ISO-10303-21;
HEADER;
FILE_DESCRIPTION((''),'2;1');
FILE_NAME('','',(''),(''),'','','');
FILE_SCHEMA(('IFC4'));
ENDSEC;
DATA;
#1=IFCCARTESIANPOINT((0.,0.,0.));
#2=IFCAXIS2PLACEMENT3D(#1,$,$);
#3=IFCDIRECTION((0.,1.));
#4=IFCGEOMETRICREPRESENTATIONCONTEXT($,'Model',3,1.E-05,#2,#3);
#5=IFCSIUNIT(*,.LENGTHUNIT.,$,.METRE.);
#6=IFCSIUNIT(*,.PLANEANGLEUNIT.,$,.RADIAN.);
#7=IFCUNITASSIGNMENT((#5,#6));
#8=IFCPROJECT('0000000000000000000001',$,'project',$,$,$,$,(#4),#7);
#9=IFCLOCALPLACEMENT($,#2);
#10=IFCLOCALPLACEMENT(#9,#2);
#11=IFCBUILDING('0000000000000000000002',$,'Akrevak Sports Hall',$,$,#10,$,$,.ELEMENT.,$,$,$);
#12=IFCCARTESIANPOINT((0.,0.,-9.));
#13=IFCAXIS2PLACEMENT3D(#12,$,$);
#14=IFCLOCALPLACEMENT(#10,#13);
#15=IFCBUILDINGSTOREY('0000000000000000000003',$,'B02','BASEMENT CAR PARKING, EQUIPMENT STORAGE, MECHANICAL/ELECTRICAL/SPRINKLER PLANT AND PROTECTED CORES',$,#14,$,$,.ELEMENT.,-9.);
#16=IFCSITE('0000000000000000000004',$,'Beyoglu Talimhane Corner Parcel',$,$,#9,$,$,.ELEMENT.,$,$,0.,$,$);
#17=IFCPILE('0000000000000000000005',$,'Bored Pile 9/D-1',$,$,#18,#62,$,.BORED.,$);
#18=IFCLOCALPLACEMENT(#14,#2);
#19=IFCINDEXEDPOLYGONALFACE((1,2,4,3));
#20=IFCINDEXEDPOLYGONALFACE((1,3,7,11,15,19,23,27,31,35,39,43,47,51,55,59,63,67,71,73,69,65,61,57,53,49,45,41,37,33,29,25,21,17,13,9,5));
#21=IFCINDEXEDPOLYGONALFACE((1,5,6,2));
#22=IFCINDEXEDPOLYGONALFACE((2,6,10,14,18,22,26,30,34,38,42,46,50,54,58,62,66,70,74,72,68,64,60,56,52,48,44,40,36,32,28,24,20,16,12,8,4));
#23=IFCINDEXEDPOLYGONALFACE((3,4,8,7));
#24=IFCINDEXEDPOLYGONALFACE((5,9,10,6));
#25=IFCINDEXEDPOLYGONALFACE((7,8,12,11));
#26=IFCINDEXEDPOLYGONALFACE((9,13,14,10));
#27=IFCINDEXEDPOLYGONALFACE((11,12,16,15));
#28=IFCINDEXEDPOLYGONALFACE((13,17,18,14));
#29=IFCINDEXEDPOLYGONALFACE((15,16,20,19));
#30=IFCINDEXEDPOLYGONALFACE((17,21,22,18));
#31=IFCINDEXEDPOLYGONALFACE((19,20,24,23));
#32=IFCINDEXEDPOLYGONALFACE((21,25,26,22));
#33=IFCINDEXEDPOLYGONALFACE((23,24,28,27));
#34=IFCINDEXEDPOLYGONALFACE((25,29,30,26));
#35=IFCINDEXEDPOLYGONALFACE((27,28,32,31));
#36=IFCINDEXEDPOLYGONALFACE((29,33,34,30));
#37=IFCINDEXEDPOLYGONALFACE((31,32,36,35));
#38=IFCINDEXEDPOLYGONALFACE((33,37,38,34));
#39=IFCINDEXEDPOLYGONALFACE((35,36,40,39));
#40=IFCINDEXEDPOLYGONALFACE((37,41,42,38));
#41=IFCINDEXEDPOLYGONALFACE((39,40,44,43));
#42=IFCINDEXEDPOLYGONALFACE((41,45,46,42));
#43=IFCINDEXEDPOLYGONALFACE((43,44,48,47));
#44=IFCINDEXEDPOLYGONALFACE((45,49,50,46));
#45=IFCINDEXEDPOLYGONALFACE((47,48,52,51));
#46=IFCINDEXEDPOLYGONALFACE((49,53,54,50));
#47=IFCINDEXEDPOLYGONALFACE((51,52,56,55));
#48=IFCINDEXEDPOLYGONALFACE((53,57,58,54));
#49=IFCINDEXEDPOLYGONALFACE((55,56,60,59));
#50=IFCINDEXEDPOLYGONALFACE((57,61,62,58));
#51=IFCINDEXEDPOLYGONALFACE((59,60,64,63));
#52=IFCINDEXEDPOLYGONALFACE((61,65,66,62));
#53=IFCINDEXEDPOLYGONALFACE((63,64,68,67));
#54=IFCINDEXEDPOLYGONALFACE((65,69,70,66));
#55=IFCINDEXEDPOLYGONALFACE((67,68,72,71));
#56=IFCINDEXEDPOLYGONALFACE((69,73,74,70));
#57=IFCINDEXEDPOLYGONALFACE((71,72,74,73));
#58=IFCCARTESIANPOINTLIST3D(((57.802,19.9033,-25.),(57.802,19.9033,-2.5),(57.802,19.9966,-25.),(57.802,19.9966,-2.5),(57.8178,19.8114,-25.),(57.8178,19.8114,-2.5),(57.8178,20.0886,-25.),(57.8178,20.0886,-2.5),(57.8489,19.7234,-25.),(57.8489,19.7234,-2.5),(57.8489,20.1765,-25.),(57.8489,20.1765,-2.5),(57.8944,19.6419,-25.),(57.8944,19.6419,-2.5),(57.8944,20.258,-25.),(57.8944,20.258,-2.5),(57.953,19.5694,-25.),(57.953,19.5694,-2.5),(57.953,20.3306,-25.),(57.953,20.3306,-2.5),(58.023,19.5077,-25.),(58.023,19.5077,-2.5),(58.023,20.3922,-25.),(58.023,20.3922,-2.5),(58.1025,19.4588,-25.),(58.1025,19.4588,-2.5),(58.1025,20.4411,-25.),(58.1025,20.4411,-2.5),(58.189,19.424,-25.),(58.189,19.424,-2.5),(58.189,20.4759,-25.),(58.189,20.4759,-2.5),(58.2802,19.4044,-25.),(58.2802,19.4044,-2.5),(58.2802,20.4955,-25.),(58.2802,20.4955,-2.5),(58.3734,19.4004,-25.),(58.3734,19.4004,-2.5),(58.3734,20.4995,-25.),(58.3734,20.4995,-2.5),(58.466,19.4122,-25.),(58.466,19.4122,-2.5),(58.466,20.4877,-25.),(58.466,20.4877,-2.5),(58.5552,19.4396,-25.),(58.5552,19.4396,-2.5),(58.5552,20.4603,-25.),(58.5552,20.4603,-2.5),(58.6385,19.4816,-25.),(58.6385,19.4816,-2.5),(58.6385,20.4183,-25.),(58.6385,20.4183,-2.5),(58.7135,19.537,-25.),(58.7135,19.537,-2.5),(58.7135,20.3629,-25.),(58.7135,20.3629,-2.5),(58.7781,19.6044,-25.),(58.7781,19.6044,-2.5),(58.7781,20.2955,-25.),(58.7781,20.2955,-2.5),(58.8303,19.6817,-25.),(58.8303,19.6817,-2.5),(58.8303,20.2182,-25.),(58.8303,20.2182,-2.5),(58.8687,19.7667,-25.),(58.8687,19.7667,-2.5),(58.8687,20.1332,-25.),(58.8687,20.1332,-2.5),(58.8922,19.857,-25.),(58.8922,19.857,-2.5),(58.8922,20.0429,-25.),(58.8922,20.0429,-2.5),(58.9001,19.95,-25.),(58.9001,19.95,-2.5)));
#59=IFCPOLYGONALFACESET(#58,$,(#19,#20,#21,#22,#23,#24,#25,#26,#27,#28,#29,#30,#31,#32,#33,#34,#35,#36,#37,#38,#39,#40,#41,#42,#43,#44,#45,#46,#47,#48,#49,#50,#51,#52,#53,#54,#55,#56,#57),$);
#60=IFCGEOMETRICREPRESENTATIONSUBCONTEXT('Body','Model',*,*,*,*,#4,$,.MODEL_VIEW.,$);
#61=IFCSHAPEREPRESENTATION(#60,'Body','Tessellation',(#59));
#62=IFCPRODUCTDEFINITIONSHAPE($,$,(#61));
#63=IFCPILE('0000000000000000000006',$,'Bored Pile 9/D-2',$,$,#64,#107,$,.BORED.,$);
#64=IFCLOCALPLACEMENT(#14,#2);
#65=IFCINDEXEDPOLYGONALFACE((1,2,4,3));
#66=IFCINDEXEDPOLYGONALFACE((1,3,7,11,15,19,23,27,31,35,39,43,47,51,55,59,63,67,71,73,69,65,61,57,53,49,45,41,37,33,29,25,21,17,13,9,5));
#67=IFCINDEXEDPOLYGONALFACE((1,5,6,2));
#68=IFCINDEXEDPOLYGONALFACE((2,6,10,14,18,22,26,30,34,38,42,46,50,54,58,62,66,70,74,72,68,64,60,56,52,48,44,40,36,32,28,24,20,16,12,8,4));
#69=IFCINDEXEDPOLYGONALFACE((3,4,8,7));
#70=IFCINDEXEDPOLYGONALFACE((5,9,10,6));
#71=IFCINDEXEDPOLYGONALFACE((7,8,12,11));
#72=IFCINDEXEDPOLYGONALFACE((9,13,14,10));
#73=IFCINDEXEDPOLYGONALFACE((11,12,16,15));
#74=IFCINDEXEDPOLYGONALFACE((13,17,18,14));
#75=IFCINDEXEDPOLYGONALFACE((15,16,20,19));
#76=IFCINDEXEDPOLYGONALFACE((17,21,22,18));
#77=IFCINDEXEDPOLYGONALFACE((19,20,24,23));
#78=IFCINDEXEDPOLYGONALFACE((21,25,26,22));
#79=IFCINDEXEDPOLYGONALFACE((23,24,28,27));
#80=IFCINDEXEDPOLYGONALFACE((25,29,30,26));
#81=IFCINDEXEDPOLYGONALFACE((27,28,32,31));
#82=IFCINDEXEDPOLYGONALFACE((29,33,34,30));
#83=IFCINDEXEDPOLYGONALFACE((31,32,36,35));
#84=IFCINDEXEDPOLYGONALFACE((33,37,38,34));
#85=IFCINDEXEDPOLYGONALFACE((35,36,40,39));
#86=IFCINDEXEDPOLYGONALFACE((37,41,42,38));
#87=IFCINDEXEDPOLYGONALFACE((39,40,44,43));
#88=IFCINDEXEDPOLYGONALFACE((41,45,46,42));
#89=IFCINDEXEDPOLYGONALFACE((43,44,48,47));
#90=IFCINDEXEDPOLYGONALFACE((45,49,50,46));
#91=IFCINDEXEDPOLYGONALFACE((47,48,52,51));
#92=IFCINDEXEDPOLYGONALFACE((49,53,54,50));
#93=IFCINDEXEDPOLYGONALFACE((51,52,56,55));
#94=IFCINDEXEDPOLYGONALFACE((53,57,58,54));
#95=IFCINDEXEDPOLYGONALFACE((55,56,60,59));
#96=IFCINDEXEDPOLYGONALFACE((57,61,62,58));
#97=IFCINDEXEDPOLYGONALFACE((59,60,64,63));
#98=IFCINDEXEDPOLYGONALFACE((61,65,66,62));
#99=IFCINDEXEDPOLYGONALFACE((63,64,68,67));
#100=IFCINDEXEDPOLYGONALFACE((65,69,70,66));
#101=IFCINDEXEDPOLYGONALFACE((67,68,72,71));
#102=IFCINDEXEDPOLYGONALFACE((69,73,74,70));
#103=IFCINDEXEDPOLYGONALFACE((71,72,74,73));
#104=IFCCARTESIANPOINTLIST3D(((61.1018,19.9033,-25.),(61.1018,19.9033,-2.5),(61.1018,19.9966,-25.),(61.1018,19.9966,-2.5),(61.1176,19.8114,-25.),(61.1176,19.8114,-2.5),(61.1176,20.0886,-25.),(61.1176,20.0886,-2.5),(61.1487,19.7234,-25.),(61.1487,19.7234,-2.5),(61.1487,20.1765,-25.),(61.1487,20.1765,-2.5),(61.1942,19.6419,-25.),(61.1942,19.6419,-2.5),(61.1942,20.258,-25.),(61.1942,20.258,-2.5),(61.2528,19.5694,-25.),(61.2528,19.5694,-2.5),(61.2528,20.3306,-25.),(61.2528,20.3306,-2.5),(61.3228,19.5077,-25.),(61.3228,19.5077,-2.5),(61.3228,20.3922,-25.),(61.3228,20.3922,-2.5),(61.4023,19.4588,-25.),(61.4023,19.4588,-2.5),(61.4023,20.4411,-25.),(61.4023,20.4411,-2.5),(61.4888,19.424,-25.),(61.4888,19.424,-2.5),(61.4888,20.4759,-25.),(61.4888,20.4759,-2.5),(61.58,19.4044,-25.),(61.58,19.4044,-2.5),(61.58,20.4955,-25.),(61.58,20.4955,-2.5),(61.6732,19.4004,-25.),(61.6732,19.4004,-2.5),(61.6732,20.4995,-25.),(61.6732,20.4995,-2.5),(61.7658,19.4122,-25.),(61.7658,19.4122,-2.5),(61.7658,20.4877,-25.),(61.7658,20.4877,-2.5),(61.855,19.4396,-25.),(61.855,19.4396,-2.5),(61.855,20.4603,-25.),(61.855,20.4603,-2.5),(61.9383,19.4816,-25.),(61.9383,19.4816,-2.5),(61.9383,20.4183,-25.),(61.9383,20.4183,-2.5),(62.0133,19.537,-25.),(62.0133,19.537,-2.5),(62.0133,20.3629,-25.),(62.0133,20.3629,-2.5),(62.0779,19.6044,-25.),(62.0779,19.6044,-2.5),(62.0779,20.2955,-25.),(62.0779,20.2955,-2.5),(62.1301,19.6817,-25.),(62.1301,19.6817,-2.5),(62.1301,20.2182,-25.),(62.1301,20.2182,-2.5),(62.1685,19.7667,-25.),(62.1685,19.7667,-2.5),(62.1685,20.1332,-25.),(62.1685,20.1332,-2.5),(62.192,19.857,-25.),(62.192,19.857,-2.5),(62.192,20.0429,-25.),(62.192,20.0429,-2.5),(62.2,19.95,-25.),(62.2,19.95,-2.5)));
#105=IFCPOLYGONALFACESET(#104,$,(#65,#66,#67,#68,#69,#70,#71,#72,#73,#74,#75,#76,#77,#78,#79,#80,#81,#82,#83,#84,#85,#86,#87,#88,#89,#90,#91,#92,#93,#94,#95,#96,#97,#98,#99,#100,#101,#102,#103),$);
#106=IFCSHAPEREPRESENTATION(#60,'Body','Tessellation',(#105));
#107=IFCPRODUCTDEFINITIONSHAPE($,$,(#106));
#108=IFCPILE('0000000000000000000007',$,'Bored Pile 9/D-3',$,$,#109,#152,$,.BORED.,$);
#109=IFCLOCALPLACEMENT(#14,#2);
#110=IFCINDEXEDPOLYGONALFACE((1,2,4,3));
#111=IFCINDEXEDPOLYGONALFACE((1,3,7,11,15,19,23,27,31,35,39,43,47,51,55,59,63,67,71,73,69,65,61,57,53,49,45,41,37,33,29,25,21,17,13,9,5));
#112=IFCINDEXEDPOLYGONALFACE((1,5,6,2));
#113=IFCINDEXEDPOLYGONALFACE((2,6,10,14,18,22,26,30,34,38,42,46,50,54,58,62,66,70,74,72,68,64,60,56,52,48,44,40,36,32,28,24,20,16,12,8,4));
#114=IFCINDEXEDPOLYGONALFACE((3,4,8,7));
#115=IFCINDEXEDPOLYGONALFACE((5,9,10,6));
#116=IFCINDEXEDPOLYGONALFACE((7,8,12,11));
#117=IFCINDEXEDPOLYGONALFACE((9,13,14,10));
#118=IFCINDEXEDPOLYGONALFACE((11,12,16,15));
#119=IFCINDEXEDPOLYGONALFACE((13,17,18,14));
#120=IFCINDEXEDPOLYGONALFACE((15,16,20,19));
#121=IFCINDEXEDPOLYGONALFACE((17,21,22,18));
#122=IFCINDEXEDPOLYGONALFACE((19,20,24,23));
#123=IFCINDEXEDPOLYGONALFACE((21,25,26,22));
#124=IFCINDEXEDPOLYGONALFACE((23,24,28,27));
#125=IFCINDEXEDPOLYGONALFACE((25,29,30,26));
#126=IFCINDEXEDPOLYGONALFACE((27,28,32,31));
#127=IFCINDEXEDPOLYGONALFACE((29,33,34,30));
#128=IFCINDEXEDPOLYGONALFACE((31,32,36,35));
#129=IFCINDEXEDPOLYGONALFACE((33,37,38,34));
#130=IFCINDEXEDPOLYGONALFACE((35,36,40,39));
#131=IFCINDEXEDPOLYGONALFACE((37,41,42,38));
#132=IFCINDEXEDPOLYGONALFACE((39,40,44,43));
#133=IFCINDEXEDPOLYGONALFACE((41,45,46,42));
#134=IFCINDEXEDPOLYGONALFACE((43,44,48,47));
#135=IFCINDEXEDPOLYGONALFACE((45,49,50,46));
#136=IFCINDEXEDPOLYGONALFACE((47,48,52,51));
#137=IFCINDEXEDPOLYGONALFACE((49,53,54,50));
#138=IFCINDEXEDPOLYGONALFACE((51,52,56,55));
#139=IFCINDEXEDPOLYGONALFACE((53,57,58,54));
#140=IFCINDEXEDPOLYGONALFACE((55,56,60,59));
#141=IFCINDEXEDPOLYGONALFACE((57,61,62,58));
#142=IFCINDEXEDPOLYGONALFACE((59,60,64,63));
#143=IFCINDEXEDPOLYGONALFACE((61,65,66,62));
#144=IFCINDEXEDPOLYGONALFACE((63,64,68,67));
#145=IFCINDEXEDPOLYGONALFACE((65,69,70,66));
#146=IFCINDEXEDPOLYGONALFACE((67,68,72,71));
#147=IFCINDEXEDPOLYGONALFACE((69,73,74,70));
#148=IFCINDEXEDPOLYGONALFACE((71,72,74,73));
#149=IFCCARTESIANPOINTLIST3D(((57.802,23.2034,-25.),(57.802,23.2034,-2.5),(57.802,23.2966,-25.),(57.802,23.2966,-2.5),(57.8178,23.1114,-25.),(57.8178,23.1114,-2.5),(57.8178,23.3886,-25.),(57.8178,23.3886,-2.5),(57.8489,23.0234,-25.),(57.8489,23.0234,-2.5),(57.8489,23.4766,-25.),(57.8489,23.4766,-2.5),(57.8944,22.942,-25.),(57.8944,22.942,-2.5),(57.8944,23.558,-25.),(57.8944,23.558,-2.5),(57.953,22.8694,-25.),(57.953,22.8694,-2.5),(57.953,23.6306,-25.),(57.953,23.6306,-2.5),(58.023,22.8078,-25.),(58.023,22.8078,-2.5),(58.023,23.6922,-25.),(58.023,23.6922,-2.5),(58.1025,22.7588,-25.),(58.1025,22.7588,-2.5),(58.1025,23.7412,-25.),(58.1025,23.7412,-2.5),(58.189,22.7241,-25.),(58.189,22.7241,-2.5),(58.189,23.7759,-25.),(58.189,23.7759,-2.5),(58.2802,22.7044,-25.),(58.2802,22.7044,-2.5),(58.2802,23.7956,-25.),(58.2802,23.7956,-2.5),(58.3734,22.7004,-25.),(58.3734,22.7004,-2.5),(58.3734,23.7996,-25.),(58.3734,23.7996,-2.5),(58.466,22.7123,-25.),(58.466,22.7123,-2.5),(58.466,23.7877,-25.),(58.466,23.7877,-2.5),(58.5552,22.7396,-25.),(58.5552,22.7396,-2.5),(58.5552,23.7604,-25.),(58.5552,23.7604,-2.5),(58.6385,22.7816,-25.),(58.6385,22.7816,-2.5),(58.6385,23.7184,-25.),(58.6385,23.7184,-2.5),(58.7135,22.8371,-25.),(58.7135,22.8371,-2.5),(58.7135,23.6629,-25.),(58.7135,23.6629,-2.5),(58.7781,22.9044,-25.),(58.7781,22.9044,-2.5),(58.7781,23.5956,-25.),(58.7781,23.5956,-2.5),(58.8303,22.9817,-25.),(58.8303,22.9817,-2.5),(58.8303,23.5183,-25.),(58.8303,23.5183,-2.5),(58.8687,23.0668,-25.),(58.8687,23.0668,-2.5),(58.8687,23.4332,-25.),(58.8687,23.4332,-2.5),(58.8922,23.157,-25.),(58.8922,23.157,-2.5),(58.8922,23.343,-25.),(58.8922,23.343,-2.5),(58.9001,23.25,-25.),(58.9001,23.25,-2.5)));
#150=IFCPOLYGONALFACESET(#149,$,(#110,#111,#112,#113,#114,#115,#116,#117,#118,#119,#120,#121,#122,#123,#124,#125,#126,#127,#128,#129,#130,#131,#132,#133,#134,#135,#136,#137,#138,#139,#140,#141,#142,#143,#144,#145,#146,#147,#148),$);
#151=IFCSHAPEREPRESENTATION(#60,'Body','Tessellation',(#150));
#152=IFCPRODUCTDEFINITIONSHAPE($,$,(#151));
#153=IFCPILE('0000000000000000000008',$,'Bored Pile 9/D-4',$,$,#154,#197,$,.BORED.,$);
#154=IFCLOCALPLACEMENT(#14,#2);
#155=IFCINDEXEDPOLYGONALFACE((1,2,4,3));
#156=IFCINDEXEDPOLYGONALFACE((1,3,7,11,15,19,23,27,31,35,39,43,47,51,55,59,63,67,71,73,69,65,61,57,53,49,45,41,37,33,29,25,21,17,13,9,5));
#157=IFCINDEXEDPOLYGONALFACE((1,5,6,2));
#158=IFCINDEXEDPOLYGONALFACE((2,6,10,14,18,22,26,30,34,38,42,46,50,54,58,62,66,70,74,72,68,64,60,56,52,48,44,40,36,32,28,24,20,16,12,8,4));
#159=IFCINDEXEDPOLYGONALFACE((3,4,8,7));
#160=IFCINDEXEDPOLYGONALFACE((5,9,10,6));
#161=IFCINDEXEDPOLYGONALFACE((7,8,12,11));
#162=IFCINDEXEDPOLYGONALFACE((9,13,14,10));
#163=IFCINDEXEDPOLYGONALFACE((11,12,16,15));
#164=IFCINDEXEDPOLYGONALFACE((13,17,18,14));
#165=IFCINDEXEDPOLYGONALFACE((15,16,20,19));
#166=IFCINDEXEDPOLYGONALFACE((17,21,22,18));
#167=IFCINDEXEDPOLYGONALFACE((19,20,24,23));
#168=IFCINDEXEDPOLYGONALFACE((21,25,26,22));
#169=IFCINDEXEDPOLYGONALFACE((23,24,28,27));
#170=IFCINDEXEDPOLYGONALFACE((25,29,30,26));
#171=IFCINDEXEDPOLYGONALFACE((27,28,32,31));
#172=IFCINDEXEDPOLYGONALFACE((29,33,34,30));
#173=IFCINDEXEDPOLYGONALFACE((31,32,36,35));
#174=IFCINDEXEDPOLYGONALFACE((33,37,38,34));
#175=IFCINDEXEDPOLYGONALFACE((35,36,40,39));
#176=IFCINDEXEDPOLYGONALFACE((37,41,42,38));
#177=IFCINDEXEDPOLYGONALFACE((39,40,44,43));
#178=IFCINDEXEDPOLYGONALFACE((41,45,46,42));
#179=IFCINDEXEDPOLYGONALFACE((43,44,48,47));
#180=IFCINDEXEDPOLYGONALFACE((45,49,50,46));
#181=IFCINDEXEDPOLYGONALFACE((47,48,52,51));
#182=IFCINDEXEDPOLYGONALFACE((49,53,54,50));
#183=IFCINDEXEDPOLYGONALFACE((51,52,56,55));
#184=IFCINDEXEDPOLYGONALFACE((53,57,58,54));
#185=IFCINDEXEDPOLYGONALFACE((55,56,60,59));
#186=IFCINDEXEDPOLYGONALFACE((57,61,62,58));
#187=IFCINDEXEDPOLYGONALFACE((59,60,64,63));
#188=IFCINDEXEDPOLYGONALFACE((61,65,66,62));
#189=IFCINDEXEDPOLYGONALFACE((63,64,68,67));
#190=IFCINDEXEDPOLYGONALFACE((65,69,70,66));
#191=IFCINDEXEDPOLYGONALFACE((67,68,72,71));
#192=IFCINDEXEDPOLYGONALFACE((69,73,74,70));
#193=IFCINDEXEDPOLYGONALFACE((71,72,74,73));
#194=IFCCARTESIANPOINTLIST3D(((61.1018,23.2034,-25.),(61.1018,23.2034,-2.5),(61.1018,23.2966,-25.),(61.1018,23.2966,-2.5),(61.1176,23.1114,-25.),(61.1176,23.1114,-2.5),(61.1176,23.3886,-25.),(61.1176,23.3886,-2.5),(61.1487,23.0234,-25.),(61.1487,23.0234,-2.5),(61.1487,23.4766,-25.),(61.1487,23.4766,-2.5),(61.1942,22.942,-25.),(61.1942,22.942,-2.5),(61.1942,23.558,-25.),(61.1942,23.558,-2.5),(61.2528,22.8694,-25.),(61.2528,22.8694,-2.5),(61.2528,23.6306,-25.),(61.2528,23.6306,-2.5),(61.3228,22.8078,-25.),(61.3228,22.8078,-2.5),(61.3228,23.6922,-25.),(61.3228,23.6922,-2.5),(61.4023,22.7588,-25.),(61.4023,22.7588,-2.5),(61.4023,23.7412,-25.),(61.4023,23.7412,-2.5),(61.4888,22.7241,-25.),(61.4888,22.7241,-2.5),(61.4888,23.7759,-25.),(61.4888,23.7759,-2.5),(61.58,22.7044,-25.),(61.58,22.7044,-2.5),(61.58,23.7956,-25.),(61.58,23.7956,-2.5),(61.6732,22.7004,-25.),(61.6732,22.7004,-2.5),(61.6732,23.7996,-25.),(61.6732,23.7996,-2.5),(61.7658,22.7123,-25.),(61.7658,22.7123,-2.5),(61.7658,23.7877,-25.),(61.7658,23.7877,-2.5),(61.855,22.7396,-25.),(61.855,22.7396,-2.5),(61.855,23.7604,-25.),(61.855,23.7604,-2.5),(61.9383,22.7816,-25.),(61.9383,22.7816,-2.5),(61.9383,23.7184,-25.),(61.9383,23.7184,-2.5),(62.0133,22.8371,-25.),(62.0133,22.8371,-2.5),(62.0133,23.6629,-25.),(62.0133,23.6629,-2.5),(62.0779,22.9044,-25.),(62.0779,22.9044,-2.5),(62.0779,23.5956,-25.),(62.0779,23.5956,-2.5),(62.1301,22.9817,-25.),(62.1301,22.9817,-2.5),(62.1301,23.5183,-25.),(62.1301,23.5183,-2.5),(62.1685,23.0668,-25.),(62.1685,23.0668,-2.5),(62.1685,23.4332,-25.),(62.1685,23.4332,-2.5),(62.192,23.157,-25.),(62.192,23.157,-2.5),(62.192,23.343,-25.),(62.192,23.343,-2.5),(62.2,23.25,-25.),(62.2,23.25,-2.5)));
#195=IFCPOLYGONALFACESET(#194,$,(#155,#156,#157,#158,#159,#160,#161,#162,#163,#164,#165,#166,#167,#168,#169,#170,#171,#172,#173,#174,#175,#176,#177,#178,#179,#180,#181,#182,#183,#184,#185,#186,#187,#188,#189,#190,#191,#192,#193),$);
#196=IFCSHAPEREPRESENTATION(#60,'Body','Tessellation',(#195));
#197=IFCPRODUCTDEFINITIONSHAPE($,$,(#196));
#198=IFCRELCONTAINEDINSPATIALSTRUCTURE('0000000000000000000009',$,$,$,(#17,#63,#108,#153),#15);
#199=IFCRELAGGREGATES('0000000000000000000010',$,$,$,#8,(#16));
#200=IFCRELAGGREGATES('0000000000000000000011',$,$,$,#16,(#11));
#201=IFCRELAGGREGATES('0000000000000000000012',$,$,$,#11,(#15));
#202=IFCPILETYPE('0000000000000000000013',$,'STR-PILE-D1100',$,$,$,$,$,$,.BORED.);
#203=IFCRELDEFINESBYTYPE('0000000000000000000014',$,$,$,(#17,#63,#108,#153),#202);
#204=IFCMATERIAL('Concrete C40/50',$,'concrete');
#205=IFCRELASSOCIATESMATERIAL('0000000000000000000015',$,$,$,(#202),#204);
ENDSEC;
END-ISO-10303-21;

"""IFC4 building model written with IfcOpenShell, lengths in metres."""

from ifc_helpers import new_model, si_unit, direction, frame, origin, origin_2d, place, context, subcontext, project, spatial, circle, extrude, material, material_profile, profile_set, type_object, element, save


model = new_model("IFC4")

# Units and contexts
model_context = context("Model", 3, precision=1e-05, world=origin(), true_north=direction((0.0, 1.0)))
body_context = subcontext(model_context, "Body", "Model", "MODEL_VIEW")
ifc_project = project(units=[si_unit("LENGTHUNIT", "METRE"), si_unit("PLANEANGLEUNIT", "RADIAN")], contexts=[model_context])

# Site, building, storey
site_placement = place(None, origin())
site = spatial("IfcSite", under=ifc_project, at=site_placement, Name="Beyoglu Talimhane Corner Parcel", CompositionType="ELEMENT", RefElevation=0.0)
building_placement = place(site_placement, origin())
building = spatial("IfcBuilding", under=site, at=building_placement, Name="Akrevak Sports Hall", CompositionType="ELEMENT")
storey_placement = place(building_placement, frame((0.0, 0.0, -9.0)))
storey = spatial("IfcBuildingStorey", under=building, at=storey_placement, Name="B02", Description="BASEMENT CAR PARKING, EQUIPMENT STORAGE, MECHANICAL/ELECTRICAL/SPRINKLER PLANT AND PROTECTED CORES", CompositionType="ELEMENT", Elevation=-9.0)

# Shared definitions
ifc_material_1 = material(Name="Concrete C40/50", Category="concrete")

# Piles
ifc_material_profile_1 = material_profile(ifc_material_1, circle(Radius=0.55, at=origin_2d()), Name="BORED PILE D1100", Category="concrete")
ifc_profile_set_1 = profile_set([ifc_material_profile_1], Name="Concrete C40/50")
pile_type_1 = type_object("IfcPileType", Name="STR-PILE-D1100", PredefinedType="BORED", material=ifc_profile_set_1)
for number, where, z_axis, x_axis, name in (
    (1, (58.3501, 19.95, -2.5), (0.0, 0.0, -1.0), (1.0, 0.0, 0.0), "Bored Pile 9/D-1"),
    (2, (61.6499, 19.95, -2.5), (0.0, 0.0, -1.0), (1.0, 0.0, 0.0), "Bored Pile 9/D-2"),
    (3, (58.3501, 23.25, -2.5), (0.0, 0.0, -1.0), (1.0, 0.0, 0.0), "Bored Pile 9/D-3"),
    (4, (61.6499, 23.25, -2.5), (0.0, 0.0, -1.0), (1.0, 0.0, 0.0), "Bored Pile 9/D-4"),
):
    element("IfcPile", number, at=place(storey_placement, frame(where, z_axis=z_axis, x_axis=x_axis)), inside=storey, type_object=pile_type_1, Name=name, PredefinedType="BORED", context=body_context, shape_type="SweptSolid", body=[
        extrude(circle(Radius=0.55, at=origin_2d()), origin(), (0.0, 0.0, 1.0), 22.5),
    ])

save(model, "model.ifc")
